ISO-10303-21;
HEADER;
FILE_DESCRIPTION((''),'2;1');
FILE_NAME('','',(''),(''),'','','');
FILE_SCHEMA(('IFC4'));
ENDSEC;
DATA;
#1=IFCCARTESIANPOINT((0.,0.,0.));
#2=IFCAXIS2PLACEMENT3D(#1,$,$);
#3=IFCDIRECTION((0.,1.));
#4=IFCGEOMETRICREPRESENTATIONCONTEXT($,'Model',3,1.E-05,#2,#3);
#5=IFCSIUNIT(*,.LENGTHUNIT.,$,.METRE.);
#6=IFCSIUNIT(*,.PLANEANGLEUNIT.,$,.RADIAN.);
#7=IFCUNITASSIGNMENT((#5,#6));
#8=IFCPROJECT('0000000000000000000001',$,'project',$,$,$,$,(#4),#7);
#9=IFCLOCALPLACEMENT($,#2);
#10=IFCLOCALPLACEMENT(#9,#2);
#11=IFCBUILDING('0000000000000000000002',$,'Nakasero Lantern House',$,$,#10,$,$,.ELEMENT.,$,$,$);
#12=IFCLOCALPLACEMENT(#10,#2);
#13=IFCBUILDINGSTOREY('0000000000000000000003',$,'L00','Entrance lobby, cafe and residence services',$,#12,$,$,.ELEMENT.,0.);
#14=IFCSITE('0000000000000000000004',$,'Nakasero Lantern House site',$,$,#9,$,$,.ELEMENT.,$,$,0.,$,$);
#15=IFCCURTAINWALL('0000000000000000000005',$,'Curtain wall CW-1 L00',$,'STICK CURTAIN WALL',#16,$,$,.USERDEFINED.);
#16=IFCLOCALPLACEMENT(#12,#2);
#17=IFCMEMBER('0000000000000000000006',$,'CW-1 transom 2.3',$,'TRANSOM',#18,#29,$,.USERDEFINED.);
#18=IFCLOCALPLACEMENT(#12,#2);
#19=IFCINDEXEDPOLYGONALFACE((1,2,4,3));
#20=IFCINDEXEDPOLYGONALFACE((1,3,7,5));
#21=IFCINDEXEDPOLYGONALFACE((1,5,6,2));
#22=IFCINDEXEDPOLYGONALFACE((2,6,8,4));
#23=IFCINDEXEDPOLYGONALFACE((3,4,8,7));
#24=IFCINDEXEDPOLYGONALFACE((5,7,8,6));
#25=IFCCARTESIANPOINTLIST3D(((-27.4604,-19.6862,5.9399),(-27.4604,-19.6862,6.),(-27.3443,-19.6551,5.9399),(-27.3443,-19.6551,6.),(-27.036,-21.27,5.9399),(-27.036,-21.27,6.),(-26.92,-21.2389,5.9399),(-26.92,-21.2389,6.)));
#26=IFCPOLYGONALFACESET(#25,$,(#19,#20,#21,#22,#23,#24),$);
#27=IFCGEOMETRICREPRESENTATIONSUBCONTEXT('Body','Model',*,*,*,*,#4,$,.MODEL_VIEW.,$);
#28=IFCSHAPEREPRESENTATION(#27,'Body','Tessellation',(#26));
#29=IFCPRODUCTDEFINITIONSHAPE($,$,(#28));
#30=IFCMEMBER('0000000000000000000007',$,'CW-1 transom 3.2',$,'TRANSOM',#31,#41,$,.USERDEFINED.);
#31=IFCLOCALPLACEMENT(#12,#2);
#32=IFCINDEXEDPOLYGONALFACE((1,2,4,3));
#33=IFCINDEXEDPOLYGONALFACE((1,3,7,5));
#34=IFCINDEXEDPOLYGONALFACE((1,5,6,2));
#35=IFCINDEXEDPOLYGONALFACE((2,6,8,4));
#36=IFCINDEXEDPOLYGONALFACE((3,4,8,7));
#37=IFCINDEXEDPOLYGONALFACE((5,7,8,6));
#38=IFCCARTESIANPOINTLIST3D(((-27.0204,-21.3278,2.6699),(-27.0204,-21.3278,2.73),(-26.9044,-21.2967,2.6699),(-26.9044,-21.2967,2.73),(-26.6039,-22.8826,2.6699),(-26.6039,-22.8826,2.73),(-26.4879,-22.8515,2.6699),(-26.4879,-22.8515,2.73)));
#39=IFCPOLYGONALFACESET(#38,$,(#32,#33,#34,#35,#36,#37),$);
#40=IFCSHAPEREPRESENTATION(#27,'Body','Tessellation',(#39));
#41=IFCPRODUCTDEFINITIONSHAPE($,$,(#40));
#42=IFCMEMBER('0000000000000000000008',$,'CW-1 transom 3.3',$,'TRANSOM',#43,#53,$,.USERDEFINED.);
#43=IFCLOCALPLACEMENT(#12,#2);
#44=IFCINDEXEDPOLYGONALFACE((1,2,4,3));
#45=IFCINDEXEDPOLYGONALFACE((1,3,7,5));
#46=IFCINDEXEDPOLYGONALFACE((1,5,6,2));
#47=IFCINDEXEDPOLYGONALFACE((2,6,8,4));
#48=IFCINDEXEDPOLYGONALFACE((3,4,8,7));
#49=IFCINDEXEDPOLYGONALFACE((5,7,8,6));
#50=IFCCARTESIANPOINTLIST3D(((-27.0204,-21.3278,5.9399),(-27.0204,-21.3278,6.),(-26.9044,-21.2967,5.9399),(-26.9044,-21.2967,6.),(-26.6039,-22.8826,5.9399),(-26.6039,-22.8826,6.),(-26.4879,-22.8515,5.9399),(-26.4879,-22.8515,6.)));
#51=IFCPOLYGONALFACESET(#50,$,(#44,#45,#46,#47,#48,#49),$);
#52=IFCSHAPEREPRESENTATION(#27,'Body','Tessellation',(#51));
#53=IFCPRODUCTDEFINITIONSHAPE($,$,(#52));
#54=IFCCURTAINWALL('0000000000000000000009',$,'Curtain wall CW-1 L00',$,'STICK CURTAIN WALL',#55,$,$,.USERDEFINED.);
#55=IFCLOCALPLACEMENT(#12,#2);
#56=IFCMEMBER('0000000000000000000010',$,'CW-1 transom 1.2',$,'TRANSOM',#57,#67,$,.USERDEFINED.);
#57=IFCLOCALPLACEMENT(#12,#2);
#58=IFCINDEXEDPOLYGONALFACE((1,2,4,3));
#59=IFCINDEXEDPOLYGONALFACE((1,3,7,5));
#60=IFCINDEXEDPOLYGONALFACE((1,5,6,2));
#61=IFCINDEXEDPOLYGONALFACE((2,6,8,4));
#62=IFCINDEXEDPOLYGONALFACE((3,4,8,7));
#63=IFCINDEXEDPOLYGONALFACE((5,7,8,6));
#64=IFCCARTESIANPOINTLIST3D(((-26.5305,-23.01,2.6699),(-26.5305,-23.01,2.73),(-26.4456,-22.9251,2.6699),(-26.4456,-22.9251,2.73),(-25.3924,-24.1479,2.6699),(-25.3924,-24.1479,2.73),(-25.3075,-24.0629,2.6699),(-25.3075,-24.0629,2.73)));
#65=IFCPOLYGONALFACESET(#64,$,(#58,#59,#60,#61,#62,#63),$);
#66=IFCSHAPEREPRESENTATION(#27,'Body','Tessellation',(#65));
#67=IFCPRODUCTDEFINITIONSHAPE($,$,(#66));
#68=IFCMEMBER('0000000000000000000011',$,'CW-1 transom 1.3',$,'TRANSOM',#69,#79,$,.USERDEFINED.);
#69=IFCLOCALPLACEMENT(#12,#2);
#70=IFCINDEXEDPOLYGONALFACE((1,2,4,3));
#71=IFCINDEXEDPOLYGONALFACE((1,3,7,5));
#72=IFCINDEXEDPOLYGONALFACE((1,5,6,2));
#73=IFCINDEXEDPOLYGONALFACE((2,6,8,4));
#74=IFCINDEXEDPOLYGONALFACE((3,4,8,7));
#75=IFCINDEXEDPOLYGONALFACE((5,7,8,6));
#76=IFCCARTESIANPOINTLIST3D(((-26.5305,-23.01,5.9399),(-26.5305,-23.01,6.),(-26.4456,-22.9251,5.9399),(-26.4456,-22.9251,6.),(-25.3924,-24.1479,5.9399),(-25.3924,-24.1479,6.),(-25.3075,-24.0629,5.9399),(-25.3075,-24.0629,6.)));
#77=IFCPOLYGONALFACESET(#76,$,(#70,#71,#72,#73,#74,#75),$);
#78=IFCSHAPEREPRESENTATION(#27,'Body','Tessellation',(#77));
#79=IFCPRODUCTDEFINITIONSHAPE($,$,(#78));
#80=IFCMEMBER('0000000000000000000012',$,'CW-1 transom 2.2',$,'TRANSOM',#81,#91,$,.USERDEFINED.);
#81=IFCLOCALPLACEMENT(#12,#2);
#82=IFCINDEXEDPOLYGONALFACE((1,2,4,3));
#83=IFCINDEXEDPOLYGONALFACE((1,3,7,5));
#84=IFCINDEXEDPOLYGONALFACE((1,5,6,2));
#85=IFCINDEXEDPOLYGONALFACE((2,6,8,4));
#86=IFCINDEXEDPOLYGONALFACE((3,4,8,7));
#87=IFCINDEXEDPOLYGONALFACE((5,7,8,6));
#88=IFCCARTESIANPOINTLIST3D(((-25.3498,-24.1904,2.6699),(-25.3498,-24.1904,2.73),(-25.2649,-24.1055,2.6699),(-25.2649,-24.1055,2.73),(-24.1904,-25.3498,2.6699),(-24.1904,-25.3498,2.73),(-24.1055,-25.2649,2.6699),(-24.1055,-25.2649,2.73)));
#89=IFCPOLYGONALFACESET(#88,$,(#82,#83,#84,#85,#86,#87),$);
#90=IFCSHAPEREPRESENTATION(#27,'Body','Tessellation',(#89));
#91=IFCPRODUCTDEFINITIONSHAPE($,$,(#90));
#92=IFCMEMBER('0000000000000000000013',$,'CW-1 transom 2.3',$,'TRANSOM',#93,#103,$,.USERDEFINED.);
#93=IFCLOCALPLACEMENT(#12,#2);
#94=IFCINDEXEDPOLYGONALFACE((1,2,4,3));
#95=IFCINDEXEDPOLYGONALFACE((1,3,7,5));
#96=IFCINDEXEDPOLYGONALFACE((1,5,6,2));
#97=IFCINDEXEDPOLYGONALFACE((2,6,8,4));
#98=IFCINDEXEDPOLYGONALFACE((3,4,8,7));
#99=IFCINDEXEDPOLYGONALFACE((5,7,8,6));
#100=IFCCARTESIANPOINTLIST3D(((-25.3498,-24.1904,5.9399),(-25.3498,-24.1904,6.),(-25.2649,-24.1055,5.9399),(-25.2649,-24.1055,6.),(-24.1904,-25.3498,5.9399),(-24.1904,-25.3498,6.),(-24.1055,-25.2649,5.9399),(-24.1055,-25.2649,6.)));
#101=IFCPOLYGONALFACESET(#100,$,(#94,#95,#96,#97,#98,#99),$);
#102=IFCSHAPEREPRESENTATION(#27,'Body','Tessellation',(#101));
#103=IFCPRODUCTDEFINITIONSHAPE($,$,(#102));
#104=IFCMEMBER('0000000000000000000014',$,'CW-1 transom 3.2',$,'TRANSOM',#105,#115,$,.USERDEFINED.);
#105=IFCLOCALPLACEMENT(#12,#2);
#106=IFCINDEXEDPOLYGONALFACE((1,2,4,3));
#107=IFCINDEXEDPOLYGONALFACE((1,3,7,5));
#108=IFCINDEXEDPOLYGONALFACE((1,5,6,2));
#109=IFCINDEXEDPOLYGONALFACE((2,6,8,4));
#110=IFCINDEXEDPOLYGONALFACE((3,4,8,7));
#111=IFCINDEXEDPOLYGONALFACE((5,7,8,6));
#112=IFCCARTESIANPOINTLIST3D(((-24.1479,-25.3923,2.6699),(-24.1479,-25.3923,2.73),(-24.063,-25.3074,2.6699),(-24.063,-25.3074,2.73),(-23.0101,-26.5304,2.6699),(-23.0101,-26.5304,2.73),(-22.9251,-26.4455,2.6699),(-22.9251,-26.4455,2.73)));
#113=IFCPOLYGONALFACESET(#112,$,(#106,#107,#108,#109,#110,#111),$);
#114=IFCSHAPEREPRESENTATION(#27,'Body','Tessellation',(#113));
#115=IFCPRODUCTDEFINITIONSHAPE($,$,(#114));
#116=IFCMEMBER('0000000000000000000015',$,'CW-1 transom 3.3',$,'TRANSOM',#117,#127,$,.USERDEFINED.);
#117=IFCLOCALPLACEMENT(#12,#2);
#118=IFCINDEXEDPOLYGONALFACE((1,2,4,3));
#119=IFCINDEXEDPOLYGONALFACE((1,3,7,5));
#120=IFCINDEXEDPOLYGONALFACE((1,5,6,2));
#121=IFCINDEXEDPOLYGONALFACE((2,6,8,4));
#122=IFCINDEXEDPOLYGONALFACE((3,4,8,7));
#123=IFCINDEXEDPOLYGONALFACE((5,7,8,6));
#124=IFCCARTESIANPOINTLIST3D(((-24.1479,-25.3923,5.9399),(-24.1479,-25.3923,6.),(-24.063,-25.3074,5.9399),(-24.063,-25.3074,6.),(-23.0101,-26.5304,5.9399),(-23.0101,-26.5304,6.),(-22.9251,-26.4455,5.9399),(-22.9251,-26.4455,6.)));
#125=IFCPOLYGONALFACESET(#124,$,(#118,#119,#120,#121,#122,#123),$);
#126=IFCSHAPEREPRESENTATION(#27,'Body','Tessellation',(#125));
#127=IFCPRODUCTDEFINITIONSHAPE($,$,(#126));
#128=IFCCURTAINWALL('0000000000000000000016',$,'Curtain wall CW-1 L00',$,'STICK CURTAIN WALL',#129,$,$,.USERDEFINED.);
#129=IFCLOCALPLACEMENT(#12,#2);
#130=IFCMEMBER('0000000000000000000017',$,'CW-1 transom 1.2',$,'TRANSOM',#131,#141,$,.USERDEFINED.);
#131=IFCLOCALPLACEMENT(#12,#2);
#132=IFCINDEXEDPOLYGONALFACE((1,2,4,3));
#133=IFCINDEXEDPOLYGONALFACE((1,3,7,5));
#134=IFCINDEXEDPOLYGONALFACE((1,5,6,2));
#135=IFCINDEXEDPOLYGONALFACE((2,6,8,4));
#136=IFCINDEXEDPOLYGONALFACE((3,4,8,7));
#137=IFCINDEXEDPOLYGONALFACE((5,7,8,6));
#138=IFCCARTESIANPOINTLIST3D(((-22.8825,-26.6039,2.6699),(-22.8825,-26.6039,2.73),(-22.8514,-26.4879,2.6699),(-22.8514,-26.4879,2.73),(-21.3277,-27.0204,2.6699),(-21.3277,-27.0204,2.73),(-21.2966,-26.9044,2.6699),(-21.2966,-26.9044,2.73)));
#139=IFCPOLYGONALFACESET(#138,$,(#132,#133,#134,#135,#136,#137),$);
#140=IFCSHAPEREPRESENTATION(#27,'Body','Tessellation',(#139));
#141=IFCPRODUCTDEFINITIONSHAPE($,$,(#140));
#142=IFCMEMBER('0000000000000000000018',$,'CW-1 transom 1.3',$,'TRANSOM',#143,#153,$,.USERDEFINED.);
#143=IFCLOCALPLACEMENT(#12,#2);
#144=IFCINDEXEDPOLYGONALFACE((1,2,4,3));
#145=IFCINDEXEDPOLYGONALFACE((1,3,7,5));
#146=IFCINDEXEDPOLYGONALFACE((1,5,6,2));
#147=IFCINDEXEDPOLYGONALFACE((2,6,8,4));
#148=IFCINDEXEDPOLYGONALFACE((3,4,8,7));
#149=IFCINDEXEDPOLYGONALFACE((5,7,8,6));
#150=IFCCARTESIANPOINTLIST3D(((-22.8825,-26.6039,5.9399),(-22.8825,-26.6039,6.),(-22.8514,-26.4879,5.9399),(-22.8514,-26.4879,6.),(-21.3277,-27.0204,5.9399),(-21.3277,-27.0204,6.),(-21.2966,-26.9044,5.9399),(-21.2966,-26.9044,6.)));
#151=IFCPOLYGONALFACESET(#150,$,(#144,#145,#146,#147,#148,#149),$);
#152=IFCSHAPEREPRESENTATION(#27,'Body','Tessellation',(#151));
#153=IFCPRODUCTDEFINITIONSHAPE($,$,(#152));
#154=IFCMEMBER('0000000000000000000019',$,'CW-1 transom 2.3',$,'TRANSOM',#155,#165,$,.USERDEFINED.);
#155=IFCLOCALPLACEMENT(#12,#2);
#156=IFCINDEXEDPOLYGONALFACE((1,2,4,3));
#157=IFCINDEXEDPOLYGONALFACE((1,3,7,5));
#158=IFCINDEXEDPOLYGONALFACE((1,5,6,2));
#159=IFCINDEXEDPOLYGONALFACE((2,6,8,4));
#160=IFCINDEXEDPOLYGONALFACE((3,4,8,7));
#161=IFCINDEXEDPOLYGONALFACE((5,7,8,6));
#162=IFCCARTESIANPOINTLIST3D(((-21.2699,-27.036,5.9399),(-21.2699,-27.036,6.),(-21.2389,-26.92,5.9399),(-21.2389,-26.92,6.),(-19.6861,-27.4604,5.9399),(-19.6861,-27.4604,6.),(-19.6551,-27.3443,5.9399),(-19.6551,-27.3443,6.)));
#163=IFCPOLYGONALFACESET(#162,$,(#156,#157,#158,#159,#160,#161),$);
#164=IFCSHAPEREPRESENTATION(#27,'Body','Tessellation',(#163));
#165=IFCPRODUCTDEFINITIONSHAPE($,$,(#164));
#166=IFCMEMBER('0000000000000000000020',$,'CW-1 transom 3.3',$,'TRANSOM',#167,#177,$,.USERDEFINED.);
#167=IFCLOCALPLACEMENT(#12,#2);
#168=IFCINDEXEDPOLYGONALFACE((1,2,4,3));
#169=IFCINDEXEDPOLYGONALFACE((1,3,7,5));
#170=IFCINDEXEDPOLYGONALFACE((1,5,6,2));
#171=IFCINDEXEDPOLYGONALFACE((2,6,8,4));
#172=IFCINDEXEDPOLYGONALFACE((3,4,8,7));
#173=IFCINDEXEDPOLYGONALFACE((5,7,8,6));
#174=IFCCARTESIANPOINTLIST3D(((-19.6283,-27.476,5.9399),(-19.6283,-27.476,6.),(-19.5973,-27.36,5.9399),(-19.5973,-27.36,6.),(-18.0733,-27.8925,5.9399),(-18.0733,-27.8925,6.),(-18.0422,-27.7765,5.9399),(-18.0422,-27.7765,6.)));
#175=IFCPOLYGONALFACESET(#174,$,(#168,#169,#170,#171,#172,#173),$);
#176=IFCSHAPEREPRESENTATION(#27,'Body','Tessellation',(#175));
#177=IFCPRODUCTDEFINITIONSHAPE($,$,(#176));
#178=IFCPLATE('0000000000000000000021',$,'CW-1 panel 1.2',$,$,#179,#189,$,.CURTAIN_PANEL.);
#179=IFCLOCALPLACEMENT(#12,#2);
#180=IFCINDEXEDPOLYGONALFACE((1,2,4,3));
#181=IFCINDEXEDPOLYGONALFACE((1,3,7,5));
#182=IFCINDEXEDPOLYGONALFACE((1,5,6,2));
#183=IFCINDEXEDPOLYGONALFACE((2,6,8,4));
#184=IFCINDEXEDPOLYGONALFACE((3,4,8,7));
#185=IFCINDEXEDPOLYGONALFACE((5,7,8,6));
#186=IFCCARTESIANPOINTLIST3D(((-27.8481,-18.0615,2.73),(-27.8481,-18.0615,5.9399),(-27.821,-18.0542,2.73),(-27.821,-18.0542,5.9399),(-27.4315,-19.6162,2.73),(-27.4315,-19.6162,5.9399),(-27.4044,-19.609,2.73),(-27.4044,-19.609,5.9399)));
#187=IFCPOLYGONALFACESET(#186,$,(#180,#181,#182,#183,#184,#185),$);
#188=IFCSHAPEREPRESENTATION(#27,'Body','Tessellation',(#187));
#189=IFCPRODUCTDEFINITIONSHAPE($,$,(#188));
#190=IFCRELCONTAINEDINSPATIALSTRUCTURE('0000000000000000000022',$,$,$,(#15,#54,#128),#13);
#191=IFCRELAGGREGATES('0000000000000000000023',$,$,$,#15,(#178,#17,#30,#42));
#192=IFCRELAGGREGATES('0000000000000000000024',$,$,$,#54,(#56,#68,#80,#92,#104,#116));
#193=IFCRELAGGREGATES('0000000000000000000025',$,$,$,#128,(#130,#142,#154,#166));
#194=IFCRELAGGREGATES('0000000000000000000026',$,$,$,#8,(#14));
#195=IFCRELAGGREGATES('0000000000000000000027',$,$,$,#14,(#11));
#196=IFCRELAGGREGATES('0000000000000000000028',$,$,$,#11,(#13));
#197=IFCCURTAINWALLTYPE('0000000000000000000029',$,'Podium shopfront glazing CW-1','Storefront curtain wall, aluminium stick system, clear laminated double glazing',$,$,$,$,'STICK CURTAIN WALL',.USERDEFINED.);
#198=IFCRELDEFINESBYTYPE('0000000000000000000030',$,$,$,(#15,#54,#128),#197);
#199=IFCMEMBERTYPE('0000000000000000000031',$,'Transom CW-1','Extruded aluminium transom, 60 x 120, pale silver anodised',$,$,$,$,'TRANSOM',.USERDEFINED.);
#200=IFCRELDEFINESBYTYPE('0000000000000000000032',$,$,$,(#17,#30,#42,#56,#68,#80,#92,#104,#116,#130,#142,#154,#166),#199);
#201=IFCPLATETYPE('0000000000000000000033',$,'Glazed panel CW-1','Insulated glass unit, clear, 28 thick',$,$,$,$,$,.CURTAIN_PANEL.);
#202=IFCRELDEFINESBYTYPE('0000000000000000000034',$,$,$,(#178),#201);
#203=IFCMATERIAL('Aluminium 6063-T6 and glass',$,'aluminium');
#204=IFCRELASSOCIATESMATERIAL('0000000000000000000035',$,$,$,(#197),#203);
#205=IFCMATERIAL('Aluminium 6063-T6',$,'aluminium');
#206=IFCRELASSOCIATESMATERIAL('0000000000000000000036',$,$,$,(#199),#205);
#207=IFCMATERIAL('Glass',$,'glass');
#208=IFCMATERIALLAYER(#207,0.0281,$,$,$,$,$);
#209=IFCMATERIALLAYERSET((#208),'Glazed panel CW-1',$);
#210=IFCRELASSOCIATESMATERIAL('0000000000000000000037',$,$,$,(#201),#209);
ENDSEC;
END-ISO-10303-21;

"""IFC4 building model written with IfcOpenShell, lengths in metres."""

from ifc_helpers import new_model, si_unit, direction, frame, origin, origin_2d, place, context, subcontext, project, spatial, rectangle, extrude, material, layer, layer_set, material_profile, profile_set, type_object, element, aggregate, save


model = new_model("IFC4")

# Units and contexts
model_context = context("Model", 3, precision=1e-05, world=origin(), true_north=direction((0.0, 1.0)))
body_context = subcontext(model_context, "Body", "Model", "MODEL_VIEW")
ifc_project = project(units=[si_unit("LENGTHUNIT", "METRE"), si_unit("PLANEANGLEUNIT", "RADIAN")], contexts=[model_context])

# Site, building, storey
site_placement = place(None, origin())
site = spatial("IfcSite", under=ifc_project, at=site_placement, Name="Nakasero Lantern House site", CompositionType="ELEMENT", RefElevation=0.0)
building_placement = place(site_placement, origin())
building = spatial("IfcBuilding", under=site, at=building_placement, Name="Nakasero Lantern House", CompositionType="ELEMENT")
storey_placement = place(building_placement, origin())
storey = spatial("IfcBuildingStorey", under=building, at=storey_placement, Name="L00", Description="Entrance lobby, cafe and residence services", CompositionType="ELEMENT", Elevation=0.0)

# Curtain walls, members
ifc_material_1 = material(Name="Aluminium 6063-T6 and glass", Category="aluminium")
curtain_wall_type = type_object("IfcCurtainWallType", Name="Podium shopfront glazing CW-1", Description="Storefront curtain wall, aluminium stick system, clear laminated double glazing", ElementType="STICK CURTAIN WALL", PredefinedType="USERDEFINED", material=ifc_material_1)
curtain_wall_1_placement = place(storey_placement, origin())
curtain_wall_1 = element("IfcCurtainWall", 1, at=curtain_wall_1_placement, inside=storey, type_object=curtain_wall_type, Name="Curtain wall CW-1 L00", ObjectType="STICK CURTAIN WALL", PredefinedType="USERDEFINED")
ifc_material_2 = material(Name="Aluminium 6063-T6", Category="aluminium")
ifc_material_profile_1 = material_profile(ifc_material_2, rectangle(XDim=0.0601, YDim=0.1201, at=origin_2d()), Name="CW-1 transom 60x120")
ifc_profile_set_1 = profile_set([ifc_material_profile_1], Name="Aluminium 6063-T6")
member_type = type_object("IfcMemberType", Name="Transom CW-1", Description="Extruded aluminium transom, 60 x 120, pale silver anodised", ElementType="TRANSOM", PredefinedType="USERDEFINED", material=ifc_profile_set_1)
member_1_placement = place(storey_placement, frame((-27.4023, -19.6707, 5.97), z_axis=(0.258793, -0.965933, 0.0), x_axis=(0.0, 0.0, 1.0)))
member_1 = element("IfcMember", 2, at=member_1_placement, type_object=member_type, Name="CW-1 transom 2.3", ObjectType="TRANSOM", PredefinedType="USERDEFINED", context=body_context, shape_type="SweptSolid", body=[
    extrude(rectangle(XDim=0.0601, YDim=0.1201, at=origin_2d()), origin(), (0.0, 0.0, 1.0), 1.6396),
])
member_2_placement = place(storey_placement, frame((-26.9624, -21.3123, 2.7), z_axis=(0.258777, -0.965937, 0.0), x_axis=(0.0, 0.0, 1.0)))
member_2 = element("IfcMember", 3, at=member_2_placement, type_object=member_type, Name="CW-1 transom 3.2", ObjectType="TRANSOM", PredefinedType="USERDEFINED", context=body_context, shape_type="SweptSolid", body=[
    extrude(rectangle(XDim=0.0601, YDim=0.1201, at=origin_2d()), origin(), (0.0, 0.0, 1.0), 1.6096),
])
member_3_placement = place(storey_placement, frame((-26.9624, -21.3123, 5.97), z_axis=(0.258777, -0.965937, 0.0), x_axis=(0.0, 0.0, 1.0)))
member_3 = element("IfcMember", 4, at=member_3_placement, type_object=member_type, Name="CW-1 transom 3.3", ObjectType="TRANSOM", PredefinedType="USERDEFINED", context=body_context, shape_type="SweptSolid", body=[
    extrude(rectangle(XDim=0.0601, YDim=0.1201, at=origin_2d()), origin(), (0.0, 0.0, 1.0), 1.6096),
])
curtain_wall_2_placement = place(storey_placement, origin())
curtain_wall_2 = element("IfcCurtainWall", 5, at=curtain_wall_2_placement, inside=storey, type_object=curtain_wall_type, Name="Curtain wall CW-1 L00", ObjectType="STICK CURTAIN WALL", PredefinedType="USERDEFINED")
member_4_placement = place(storey_placement, frame((-26.488, -22.9675, 2.7), z_axis=(0.707183, -0.707031, 0.0), x_axis=(0.0, 0.0, 1.0)))
member_4 = element("IfcMember", 6, at=member_4_placement, type_object=member_type, Name="CW-1 transom 1.2", ObjectType="TRANSOM", PredefinedType="USERDEFINED", context=body_context, shape_type="SweptSolid", body=[
    extrude(rectangle(XDim=0.0601, YDim=0.1201, at=origin_2d()), origin(), (0.0, 0.0, 1.0), 1.6094),
])
member_5_placement = place(storey_placement, frame((-26.488, -22.9675, 5.97), z_axis=(0.707183, -0.707031, 0.0), x_axis=(0.0, 0.0, 1.0)))
member_5 = element("IfcMember", 7, at=member_5_placement, type_object=member_type, Name="CW-1 transom 1.3", ObjectType="TRANSOM", PredefinedType="USERDEFINED", context=body_context, shape_type="SweptSolid", body=[
    extrude(rectangle(XDim=0.0601, YDim=0.1201, at=origin_2d()), origin(), (0.0, 0.0, 1.0), 1.6094),
])
member_6_placement = place(storey_placement, frame((-25.3074, -24.1479, 2.7), z_axis=(0.707107, -0.707107, 0.0), x_axis=(0.0, 0.0, 1.0)))
member_6 = element("IfcMember", 8, at=member_6_placement, type_object=member_type, Name="CW-1 transom 2.2", ObjectType="TRANSOM", PredefinedType="USERDEFINED", context=body_context, shape_type="SweptSolid", body=[
    extrude(rectangle(XDim=0.0601, YDim=0.1201, at=origin_2d()), origin(), (0.0, 0.0, 1.0), 1.6396),
])
member_7_placement = place(storey_placement, frame((-25.3074, -24.1479, 5.97), z_axis=(0.707107, -0.707107, 0.0), x_axis=(0.0, 0.0, 1.0)))
member_7 = element("IfcMember", 9, at=member_7_placement, type_object=member_type, Name="CW-1 transom 2.3", ObjectType="TRANSOM", PredefinedType="USERDEFINED", context=body_context, shape_type="SweptSolid", body=[
    extrude(rectangle(XDim=0.0601, YDim=0.1201, at=origin_2d()), origin(), (0.0, 0.0, 1.0), 1.6396),
])
member_8_placement = place(storey_placement, frame((-24.1055, -25.3499, 2.7), z_axis=(0.707031, -0.707183, 0.0), x_axis=(0.0, 0.0, 1.0)))
member_8 = element("IfcMember", 10, at=member_8_placement, type_object=member_type, Name="CW-1 transom 3.2", ObjectType="TRANSOM", PredefinedType="USERDEFINED", context=body_context, shape_type="SweptSolid", body=[
    extrude(rectangle(XDim=0.0601, YDim=0.1201, at=origin_2d()), origin(), (0.0, 0.0, 1.0), 1.6094),
])
member_9_placement = place(storey_placement, frame((-24.1055, -25.3499, 5.97), z_axis=(0.707031, -0.707183, 0.0), x_axis=(0.0, 0.0, 1.0)))
member_9 = element("IfcMember", 11, at=member_9_placement, type_object=member_type, Name="CW-1 transom 3.3", ObjectType="TRANSOM", PredefinedType="USERDEFINED", context=body_context, shape_type="SweptSolid", body=[
    extrude(rectangle(XDim=0.0601, YDim=0.1201, at=origin_2d()), origin(), (0.0, 0.0, 1.0), 1.6094),
])
curtain_wall_3_placement = place(storey_placement, origin())
curtain_wall_3 = element("IfcCurtainWall", 12, at=curtain_wall_3_placement, inside=storey, type_object=curtain_wall_type, Name="Curtain wall CW-1 L00", ObjectType="STICK CURTAIN WALL", PredefinedType="USERDEFINED")
member_10_placement = place(storey_placement, frame((-22.8669, -26.5459, 2.7), z_axis=(0.965937, -0.258777, 0.0), x_axis=(0.0, 0.0, 1.0)))
member_10 = element("IfcMember", 13, at=member_10_placement, type_object=member_type, Name="CW-1 transom 1.2", ObjectType="TRANSOM", PredefinedType="USERDEFINED", context=body_context, shape_type="SweptSolid", body=[
    extrude(rectangle(XDim=0.0601, YDim=0.1201, at=origin_2d()), origin(), (0.0, 0.0, 1.0), 1.6096),
])
member_11_placement = place(storey_placement, frame((-22.8669, -26.5459, 5.97), z_axis=(0.965937, -0.258777, 0.0), x_axis=(0.0, 0.0, 1.0)))
member_11 = element("IfcMember", 14, at=member_11_placement, type_object=member_type, Name="CW-1 transom 1.3", ObjectType="TRANSOM", PredefinedType="USERDEFINED", context=body_context, shape_type="SweptSolid", body=[
    extrude(rectangle(XDim=0.0601, YDim=0.1201, at=origin_2d()), origin(), (0.0, 0.0, 1.0), 1.6096),
])
member_12_placement = place(storey_placement, frame((-21.2544, -26.978, 5.97), z_axis=(0.965933, -0.258793, 0.0), x_axis=(0.0, 0.0, 1.0)))
member_12 = element("IfcMember", 15, at=member_12_placement, type_object=member_type, Name="CW-1 transom 2.3", ObjectType="TRANSOM", PredefinedType="USERDEFINED", context=body_context, shape_type="SweptSolid", body=[
    extrude(rectangle(XDim=0.0601, YDim=0.1201, at=origin_2d()), origin(), (0.0, 0.0, 1.0), 1.6396),
])
member_13_placement = place(storey_placement, frame((-19.6128, -27.418, 5.97), z_axis=(0.965947, -0.258739, 0.0), x_axis=(0.0, 0.0, 1.0)))
member_13 = element("IfcMember", 16, at=member_13_placement, type_object=member_type, Name="CW-1 transom 3.3", ObjectType="TRANSOM", PredefinedType="USERDEFINED", context=body_context, shape_type="SweptSolid", body=[
    extrude(rectangle(XDim=0.0601, YDim=0.1201, at=origin_2d()), origin(), (0.0, 0.0, 1.0), 1.6099),
])

# Plate
ifc_material_3 = material(Name="Glass", Category="glass")
ifc_layer = layer(ifc_material_3, 0.0281)
ifc_layer_set = layer_set([ifc_layer], Name="Glazed panel CW-1")
plate_type = type_object("IfcPlateType", Name="Glazed panel CW-1", Description="Insulated glass unit, clear, 28 thick", PredefinedType="CURTAIN_PANEL", material=ifc_layer_set)
plate_1_placement = place(storey_placement, frame((-27.6262, -18.8352, 2.73), z_axis=(0.0, 0.0, 1.0), x_axis=(0.258819, -0.965926, 0.0)))
plate_1 = element("IfcPlate", 17, at=plate_1_placement, type_object=plate_type, Name="CW-1 panel 1.2", PredefinedType="CURTAIN_PANEL", context=body_context, shape_type="SweptSolid", body=[
    extrude(rectangle(XDim=1.6096, YDim=0.0281, at=origin_2d()), origin(), (0.0, 0.0, 1.0), 3.21),
])
aggregate(curtain_wall_1, [plate_1, member_1, member_2, member_3])
aggregate(curtain_wall_2, [member_4, member_5, member_6, member_7, member_8, member_9])
aggregate(curtain_wall_3, [member_10, member_11, member_12, member_13])

save(model, "model.ifc")
